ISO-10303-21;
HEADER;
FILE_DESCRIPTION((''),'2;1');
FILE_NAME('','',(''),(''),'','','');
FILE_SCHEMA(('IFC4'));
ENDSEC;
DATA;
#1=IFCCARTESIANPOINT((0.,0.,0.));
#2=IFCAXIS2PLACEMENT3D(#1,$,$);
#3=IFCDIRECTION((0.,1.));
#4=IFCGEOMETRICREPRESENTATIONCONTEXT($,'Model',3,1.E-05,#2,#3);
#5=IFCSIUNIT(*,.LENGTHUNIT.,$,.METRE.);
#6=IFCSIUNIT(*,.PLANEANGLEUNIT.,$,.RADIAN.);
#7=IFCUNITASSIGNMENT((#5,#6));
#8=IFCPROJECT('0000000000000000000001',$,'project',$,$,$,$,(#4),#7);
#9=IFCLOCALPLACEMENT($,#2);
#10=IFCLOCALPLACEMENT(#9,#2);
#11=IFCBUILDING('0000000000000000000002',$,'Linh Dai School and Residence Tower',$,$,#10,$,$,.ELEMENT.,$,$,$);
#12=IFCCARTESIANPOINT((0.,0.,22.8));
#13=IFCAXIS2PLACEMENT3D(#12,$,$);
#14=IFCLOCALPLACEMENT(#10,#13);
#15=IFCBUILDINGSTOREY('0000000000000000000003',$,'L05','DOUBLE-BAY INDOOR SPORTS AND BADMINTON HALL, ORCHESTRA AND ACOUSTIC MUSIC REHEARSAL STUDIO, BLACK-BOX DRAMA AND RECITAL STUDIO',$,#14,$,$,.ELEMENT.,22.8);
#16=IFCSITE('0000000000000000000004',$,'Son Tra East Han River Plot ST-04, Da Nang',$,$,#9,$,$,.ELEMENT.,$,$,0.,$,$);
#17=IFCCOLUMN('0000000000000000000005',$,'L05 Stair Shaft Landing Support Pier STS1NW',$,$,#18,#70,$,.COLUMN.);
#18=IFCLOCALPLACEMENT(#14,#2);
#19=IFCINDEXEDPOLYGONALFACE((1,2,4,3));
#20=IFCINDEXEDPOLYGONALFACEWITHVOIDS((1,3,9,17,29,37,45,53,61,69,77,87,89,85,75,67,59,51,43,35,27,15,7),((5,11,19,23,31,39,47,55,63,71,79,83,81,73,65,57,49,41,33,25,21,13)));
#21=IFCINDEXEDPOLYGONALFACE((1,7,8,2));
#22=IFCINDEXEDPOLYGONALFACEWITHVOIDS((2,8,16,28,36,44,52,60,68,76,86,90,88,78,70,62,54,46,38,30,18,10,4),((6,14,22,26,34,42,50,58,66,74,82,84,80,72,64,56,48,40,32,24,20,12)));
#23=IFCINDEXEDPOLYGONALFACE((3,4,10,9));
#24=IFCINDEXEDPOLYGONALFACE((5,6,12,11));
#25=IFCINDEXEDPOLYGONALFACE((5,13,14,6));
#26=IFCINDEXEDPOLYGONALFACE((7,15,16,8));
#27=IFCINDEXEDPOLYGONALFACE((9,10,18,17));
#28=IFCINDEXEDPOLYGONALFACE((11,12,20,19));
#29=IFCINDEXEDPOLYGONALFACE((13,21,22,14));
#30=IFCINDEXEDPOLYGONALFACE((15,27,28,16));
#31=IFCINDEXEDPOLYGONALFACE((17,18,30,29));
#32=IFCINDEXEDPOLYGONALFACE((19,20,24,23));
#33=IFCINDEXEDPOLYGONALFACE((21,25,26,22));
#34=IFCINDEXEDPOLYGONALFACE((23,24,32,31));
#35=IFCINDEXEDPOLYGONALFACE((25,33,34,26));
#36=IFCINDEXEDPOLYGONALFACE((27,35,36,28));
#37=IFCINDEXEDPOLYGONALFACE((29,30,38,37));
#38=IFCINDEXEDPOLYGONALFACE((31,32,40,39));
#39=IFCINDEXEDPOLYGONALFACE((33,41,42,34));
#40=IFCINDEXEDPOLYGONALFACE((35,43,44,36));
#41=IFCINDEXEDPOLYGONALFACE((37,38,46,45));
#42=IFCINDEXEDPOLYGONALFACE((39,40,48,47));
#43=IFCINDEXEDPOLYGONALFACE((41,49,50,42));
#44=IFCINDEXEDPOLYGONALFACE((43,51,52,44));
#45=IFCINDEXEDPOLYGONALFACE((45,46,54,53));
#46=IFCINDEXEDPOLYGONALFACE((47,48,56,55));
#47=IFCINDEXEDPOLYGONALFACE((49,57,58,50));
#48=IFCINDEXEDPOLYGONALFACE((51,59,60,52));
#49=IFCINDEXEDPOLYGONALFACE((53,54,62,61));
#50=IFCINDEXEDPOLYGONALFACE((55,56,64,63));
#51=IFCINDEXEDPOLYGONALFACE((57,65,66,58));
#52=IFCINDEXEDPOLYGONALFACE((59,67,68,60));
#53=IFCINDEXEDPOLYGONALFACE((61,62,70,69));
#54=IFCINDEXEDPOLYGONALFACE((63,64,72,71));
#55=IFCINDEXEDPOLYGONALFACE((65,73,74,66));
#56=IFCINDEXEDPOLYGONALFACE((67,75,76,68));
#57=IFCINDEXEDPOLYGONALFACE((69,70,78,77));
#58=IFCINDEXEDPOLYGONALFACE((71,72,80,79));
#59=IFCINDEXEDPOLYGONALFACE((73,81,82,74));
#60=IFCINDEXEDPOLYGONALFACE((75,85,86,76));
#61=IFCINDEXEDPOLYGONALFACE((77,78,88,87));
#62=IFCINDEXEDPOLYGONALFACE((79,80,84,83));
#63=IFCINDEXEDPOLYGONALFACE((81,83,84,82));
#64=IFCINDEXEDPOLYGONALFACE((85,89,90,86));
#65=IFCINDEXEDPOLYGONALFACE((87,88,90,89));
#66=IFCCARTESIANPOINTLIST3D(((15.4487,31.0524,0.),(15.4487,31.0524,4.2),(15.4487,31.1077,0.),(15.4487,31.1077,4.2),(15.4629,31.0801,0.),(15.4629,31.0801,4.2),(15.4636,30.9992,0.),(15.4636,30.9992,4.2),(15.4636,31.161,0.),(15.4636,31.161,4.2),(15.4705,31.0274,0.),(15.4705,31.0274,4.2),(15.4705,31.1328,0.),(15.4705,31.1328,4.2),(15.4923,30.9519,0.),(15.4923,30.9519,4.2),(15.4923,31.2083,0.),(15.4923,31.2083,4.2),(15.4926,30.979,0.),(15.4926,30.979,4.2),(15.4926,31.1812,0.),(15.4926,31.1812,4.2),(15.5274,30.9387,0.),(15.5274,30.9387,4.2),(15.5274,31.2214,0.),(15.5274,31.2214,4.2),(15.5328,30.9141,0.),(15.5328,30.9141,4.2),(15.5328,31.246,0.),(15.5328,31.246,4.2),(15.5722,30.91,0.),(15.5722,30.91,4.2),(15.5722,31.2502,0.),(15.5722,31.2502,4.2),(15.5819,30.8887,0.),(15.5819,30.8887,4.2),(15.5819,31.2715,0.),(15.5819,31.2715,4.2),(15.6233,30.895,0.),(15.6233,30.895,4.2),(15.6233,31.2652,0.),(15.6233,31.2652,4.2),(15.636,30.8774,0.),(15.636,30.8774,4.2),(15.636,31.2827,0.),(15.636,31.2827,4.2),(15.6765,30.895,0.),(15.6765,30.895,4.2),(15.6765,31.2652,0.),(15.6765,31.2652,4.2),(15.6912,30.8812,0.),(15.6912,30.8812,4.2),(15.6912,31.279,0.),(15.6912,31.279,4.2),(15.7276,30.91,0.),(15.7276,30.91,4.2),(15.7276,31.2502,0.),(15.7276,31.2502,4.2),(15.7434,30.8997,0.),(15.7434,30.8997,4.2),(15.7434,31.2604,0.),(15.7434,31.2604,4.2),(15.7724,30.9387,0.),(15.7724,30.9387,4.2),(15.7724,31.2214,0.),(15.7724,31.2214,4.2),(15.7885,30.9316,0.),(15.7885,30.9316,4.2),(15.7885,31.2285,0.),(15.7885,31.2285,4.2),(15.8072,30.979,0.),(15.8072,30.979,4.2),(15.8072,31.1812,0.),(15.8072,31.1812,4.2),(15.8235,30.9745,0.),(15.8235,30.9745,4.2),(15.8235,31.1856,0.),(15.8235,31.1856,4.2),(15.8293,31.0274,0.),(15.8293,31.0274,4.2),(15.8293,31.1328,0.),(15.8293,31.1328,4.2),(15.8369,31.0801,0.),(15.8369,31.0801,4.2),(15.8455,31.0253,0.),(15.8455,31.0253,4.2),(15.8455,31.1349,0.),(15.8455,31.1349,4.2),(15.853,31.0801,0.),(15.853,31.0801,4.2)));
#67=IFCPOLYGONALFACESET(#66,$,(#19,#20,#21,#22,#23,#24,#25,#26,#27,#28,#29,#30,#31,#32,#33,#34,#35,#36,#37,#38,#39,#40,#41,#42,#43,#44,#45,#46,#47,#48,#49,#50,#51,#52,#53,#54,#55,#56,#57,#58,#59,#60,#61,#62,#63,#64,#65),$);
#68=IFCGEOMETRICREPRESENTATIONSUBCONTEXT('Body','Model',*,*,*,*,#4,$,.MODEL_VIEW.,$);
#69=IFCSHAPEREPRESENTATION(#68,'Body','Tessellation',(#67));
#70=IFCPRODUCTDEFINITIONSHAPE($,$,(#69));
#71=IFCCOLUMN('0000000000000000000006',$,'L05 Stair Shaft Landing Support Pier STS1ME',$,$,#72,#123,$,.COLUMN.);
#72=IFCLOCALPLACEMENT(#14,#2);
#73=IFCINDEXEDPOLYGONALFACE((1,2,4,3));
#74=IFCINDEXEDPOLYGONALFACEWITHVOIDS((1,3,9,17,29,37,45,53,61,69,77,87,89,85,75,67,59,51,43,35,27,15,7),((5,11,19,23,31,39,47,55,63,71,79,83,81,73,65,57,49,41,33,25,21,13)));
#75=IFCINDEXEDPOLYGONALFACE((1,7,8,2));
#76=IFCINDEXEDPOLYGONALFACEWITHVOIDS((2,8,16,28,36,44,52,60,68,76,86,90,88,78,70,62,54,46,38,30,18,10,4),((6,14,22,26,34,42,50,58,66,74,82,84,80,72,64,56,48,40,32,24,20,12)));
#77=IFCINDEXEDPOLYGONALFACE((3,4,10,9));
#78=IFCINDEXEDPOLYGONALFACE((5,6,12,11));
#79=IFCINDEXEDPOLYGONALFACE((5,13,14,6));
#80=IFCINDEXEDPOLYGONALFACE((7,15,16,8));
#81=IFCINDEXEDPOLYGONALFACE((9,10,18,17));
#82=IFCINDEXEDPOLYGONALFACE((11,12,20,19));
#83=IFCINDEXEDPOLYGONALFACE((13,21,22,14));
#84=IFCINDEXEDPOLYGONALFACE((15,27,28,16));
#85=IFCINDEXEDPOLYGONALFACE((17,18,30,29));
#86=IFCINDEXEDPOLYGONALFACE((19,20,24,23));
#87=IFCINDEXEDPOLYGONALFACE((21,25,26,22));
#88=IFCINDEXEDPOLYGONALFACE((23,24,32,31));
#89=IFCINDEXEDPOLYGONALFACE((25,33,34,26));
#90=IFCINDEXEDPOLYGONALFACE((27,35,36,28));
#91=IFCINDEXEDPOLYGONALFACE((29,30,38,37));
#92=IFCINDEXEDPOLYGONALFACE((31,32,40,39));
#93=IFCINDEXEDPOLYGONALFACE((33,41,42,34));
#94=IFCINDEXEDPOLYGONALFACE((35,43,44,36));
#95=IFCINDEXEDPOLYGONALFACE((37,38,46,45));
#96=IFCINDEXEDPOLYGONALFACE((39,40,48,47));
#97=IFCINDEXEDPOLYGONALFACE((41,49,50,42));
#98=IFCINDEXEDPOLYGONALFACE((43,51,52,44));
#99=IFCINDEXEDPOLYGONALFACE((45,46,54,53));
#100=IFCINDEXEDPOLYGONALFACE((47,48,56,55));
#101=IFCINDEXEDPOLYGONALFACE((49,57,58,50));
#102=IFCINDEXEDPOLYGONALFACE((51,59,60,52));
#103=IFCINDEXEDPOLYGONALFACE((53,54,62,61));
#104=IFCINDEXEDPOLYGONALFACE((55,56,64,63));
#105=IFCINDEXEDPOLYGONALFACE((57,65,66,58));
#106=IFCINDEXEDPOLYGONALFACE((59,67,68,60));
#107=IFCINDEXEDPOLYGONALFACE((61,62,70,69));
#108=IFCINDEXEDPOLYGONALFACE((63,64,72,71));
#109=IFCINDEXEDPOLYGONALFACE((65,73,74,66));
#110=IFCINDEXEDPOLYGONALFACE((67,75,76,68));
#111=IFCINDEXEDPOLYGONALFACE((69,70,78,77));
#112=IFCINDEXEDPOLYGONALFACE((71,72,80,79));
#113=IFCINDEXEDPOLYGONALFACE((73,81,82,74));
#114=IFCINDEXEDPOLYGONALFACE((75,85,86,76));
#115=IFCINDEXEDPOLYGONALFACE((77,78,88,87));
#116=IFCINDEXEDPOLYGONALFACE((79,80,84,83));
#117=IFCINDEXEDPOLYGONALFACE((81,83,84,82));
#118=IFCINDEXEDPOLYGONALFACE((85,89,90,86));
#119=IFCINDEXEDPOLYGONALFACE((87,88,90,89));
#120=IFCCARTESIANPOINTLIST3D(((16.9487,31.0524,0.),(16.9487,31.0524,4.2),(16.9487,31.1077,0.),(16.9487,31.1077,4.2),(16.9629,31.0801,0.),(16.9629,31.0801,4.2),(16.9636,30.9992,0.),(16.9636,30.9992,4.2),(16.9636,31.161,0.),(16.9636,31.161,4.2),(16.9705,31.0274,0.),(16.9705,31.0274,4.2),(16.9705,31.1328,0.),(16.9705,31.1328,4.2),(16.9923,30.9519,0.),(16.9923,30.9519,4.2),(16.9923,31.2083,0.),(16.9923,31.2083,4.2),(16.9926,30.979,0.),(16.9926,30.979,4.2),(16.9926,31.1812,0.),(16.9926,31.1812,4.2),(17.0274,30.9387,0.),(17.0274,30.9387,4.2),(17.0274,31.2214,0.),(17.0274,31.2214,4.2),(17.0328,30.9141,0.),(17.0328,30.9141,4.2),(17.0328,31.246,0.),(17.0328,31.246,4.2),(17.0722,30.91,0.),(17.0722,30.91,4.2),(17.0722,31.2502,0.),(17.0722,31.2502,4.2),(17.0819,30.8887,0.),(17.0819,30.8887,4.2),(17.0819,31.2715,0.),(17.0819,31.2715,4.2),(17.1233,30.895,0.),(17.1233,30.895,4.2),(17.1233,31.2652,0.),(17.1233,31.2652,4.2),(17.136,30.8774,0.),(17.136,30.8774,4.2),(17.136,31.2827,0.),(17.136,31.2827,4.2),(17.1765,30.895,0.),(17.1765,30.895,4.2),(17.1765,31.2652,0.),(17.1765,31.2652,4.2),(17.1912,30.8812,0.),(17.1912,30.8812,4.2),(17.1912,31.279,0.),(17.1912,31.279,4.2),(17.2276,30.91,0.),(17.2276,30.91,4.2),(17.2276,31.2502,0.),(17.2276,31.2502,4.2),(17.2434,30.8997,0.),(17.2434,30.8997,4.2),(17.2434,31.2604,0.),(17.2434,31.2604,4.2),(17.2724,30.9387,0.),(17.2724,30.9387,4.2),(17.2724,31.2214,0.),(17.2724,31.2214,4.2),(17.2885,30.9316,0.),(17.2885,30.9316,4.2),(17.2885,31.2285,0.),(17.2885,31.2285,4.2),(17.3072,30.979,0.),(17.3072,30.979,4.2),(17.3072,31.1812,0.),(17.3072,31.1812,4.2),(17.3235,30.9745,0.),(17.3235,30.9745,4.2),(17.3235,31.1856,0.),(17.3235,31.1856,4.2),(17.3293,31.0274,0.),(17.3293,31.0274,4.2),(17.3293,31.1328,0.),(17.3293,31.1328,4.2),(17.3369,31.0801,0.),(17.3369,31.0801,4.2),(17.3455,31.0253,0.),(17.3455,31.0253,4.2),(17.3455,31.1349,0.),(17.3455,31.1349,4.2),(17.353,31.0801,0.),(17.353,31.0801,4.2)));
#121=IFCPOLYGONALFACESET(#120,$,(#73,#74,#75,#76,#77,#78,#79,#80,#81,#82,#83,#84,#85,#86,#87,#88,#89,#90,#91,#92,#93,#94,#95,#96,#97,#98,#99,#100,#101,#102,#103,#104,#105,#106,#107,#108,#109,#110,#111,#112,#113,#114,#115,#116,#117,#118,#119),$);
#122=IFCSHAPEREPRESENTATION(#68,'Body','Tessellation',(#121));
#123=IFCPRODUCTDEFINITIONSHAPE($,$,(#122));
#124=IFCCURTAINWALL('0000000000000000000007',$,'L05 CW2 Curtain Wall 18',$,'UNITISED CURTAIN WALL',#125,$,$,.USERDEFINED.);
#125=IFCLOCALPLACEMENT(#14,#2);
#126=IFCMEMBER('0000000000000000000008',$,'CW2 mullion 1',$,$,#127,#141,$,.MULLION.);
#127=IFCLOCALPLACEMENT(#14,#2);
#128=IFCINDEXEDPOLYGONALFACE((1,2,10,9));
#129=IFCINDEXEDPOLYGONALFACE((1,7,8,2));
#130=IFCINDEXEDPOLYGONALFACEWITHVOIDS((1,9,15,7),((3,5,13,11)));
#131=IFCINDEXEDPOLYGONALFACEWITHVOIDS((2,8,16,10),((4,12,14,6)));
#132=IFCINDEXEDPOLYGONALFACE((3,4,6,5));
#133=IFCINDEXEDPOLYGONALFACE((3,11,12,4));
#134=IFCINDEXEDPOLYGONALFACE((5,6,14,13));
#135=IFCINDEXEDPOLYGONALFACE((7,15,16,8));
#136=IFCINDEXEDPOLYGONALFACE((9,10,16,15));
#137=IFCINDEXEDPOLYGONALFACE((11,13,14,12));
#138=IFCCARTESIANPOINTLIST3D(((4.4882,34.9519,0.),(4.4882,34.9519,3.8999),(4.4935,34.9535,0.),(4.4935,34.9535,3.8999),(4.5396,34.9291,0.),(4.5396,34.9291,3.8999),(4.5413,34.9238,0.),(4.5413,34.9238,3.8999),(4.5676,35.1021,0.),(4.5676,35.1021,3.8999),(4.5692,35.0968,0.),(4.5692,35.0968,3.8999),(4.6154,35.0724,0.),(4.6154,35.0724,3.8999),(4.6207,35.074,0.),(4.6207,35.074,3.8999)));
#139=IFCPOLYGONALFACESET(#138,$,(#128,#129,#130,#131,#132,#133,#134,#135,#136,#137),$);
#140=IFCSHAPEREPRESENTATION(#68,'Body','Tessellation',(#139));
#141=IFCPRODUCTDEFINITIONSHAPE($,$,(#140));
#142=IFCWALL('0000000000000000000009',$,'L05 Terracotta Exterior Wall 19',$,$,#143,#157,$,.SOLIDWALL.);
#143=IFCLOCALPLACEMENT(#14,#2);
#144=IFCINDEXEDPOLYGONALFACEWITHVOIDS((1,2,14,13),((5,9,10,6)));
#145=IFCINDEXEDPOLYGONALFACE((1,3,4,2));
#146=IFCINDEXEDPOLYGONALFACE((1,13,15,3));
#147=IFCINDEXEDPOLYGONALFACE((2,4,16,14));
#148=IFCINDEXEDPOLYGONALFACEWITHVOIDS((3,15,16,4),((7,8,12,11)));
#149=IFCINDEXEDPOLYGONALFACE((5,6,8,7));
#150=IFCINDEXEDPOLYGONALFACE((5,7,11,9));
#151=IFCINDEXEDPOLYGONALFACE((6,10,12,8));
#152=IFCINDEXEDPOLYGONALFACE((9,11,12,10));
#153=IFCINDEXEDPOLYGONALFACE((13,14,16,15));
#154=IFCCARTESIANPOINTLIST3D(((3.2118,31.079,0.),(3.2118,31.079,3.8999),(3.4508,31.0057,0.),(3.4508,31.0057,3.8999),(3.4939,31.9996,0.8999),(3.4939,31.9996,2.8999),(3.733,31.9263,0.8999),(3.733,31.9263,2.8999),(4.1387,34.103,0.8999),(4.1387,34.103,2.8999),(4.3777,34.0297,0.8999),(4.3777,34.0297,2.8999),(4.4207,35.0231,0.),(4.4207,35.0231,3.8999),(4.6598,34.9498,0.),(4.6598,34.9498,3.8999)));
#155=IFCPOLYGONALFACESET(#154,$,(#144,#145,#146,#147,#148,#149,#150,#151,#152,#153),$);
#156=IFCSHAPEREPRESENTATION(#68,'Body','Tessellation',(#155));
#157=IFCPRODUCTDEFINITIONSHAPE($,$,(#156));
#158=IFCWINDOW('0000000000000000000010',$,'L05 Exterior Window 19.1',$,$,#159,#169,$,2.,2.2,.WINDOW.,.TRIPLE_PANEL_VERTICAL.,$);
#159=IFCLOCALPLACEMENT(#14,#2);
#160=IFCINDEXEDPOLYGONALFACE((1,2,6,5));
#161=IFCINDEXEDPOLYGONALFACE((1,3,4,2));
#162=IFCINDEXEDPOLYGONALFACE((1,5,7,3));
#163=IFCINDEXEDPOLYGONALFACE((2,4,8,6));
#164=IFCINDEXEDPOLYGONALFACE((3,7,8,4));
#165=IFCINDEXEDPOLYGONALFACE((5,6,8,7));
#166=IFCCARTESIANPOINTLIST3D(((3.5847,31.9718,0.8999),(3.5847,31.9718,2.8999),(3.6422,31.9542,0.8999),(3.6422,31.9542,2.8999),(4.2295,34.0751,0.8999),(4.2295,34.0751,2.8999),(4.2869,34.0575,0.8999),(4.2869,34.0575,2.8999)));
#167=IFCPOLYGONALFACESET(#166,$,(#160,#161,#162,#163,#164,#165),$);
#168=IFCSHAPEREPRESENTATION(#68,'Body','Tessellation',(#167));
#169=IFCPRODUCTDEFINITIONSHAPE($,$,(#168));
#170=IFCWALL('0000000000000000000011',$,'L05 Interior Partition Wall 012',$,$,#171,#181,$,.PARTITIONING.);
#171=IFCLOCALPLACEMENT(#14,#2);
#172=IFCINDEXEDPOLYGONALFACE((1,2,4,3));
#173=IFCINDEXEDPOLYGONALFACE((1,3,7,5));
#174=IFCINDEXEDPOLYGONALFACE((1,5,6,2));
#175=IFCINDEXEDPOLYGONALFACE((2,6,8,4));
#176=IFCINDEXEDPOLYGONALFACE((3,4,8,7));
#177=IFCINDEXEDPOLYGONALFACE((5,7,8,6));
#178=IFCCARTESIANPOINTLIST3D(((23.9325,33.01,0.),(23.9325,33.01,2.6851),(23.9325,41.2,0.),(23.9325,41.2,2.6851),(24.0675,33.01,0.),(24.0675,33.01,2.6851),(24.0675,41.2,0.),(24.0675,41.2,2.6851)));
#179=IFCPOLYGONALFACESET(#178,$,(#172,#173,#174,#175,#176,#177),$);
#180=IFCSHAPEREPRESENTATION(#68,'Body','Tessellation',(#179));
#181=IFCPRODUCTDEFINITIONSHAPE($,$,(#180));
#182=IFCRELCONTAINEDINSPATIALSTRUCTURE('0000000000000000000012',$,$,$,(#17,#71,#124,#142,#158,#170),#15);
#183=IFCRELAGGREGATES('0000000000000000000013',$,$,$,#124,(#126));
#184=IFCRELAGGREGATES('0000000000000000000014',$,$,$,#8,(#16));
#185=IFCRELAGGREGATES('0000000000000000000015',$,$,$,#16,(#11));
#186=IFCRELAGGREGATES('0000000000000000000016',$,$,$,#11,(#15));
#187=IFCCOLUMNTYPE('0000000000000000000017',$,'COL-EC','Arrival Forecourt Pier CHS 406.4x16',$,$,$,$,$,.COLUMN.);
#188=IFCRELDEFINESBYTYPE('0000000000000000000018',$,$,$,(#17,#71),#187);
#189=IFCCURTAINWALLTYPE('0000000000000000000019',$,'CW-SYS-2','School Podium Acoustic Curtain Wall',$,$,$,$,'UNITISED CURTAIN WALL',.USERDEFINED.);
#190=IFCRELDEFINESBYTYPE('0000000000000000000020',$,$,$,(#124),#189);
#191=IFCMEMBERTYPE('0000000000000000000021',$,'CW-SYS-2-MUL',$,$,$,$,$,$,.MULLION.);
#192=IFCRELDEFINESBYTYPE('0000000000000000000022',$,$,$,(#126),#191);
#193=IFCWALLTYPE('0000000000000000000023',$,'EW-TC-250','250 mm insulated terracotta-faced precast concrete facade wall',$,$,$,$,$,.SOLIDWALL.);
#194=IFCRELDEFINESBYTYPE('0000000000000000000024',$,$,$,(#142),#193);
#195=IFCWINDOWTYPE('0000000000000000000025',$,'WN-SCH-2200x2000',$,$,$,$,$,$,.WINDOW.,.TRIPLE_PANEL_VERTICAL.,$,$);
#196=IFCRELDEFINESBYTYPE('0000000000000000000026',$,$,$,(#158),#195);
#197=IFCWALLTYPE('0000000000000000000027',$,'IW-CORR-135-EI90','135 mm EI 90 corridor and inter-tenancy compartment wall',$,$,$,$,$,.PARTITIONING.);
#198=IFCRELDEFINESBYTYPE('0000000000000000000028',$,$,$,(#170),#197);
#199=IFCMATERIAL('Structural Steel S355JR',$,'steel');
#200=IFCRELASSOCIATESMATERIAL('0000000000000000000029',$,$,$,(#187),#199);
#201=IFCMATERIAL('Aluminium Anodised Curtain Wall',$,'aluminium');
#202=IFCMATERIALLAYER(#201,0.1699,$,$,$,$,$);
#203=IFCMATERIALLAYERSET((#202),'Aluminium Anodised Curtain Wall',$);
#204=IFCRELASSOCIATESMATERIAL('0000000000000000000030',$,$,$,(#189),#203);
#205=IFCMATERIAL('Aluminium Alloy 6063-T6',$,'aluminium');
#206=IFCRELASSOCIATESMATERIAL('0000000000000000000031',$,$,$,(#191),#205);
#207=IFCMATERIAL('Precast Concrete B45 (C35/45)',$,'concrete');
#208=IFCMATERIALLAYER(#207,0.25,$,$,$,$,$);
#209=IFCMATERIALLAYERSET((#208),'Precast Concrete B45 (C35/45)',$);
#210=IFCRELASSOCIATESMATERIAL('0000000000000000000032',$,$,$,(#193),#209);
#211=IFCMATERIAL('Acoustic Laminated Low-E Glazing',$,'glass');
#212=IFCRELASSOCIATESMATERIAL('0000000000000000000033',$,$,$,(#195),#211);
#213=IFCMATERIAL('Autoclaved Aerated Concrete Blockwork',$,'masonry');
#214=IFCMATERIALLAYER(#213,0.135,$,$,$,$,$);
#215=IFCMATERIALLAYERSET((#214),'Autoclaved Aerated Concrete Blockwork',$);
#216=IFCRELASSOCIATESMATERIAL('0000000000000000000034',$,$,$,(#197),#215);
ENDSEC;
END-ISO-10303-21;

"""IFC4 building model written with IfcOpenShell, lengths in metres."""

from ifc_helpers import new_model, si_unit, direction, frame, frame_2d, origin, origin_2d, place, context, subcontext, project, spatial, rectangle, hollow_rectangle, hollow_circle, extrude, source, transform, mapped, material, layer, layer_set, material_profile, profile_set, type_object, element, fill, aggregate, save


model = new_model("IFC4")

# Units and contexts
model_context = context("Model", 3, precision=1e-05, world=origin(), true_north=direction((0.0, 1.0)))
body_context = subcontext(model_context, "Body", "Model", "MODEL_VIEW")
ifc_project = project(units=[si_unit("LENGTHUNIT", "METRE"), si_unit("PLANEANGLEUNIT", "RADIAN")], contexts=[model_context])

# Site, building, storey
site_placement = place(None, origin())
site = spatial("IfcSite", under=ifc_project, at=site_placement, Name="Son Tra East Han River Plot ST-04, Da Nang", CompositionType="ELEMENT", RefElevation=0.0)
building_placement = place(site_placement, origin())
building = spatial("IfcBuilding", under=site, at=building_placement, Name="Linh Dai School and Residence Tower", CompositionType="ELEMENT")
storey_placement = place(building_placement, frame((0.0, 0.0, 22.8)))
storey = spatial("IfcBuildingStorey", under=building, at=storey_placement, Name="L05", Description="DOUBLE-BAY INDOOR SPORTS AND BADMINTON HALL, ORCHESTRA AND ACOUSTIC MUSIC REHEARSAL STUDIO, BLACK-BOX DRAMA AND RECITAL STUDIO", CompositionType="ELEMENT", Elevation=22.8)

# Columns
ifc_material_1 = material(Name="Structural Steel S355JR", Category="steel")
ifc_material_profile_1 = material_profile(ifc_material_1, hollow_circle(Radius=0.2031, WallThickness=0.0161, at=origin_2d()), Name="CHS 406.4x16")
ifc_profile_set_1 = profile_set([ifc_material_profile_1], Name="Structural Steel S355JR")
column_type = type_object("IfcColumnType", Name="COL-EC", Description="Arrival Forecourt Pier CHS 406.4x16", PredefinedType="COLUMN", material=ifc_profile_set_1)
for number, where, z_axis, x_axis, name in (
    (1, (15.6499, 31.0801, 0.0), (0.0, 0.0, 1.0), (1.0, 0.0, 0.0), "L05 Stair Shaft Landing Support Pier STS1NW"),
    (2, (17.1499, 31.0801, 0.0), (0.0, 0.0, 1.0), (1.0, 0.0, 0.0), "L05 Stair Shaft Landing Support Pier STS1ME"),
):
    element("IfcColumn", number, at=place(storey_placement, frame(where, z_axis=z_axis, x_axis=x_axis)), inside=storey, type_object=column_type, Name=name, PredefinedType="COLUMN", context=body_context, shape_type="SweptSolid", body=[
        extrude(hollow_circle(Radius=0.2031, WallThickness=0.0161, at=origin_2d()), origin(), (0.0, 0.0, 1.0), 4.2),
    ])

# Curtain wall, member
ifc_material_2 = material(Name="Aluminium Anodised Curtain Wall", Category="aluminium")
ifc_layer_1 = layer(ifc_material_2, 0.1699)
ifc_layer_set_1 = layer_set([ifc_layer_1], Name="Aluminium Anodised Curtain Wall")
curtain_wall_type = type_object("IfcCurtainWallType", Name="CW-SYS-2", Description="School Podium Acoustic Curtain Wall", ElementType="UNITISED CURTAIN WALL", PredefinedType="USERDEFINED", material=ifc_layer_set_1)
curtain_wall_placement = place(storey_placement, origin())
curtain_wall = element("IfcCurtainWall", 3, at=curtain_wall_placement, inside=storey, type_object=curtain_wall_type, Name="L05 CW2 Curtain Wall 18", ObjectType="UNITISED CURTAIN WALL", PredefinedType="USERDEFINED")
ifc_material_3 = material(Name="Aluminium Alloy 6063-T6", Category="aluminium")
ifc_material_profile_2 = material_profile(ifc_material_3, hollow_rectangle(XDim=0.0601, YDim=0.1699, WallThickness=0.0039, at=origin_2d()), Name="RHS 170x60x4")
ifc_profile_set_2 = profile_set([ifc_material_profile_2], Name="Aluminium Alloy 6063-T6")
member_type = type_object("IfcMemberType", Name="CW-SYS-2-MUL", PredefinedType="MULLION", material=ifc_profile_set_2)
shared_shape_1 = source(origin(), body_context, "Body", "SweptSolid", [
    extrude(hollow_rectangle(XDim=0.0601, YDim=0.1699, WallThickness=0.0039, at=origin_2d()), origin(), (0.0, 0.0, 1.0), 3.8999),
])
member_placement = place(storey_placement, frame((4.5544, 35.0129, 0.0), z_axis=(0.0, 0.0, 1.0), x_axis=(-0.883964, 0.467555, 0.0)))
member = element("IfcMember", 4, at=member_placement, type_object=member_type, Name="CW2 mullion 1", PredefinedType="MULLION", context=body_context, shape_type="MappedRepresentation", body=[
    mapped(shared_shape_1, transform((0.0, 0.0, 0.0), x_axis=(1.0, 0.0, 0.0), y_axis=(0.0, 1.0, 0.0), z_axis=(0.0, 0.0, 1.0), scale=1.0)),
])
aggregate(curtain_wall, [member])

# Wall, opening, window
ifc_material_4 = material(Name="Precast Concrete B45 (C35/45)", Category="concrete")
ifc_layer_2 = layer(ifc_material_4, 0.25)
ifc_layer_set_2 = layer_set([ifc_layer_2], Name="Precast Concrete B45 (C35/45)")
wall_type_1 = type_object("IfcWallType", Name="EW-TC-250", Description="250 mm insulated terracotta-faced precast concrete facade wall", PredefinedType="SOLIDWALL", material=ifc_layer_set_2)
wall_1_placement = place(storey_placement, frame((3.3313, 31.0425, 0.0), z_axis=(0.0, 0.0, 1.0), x_axis=(0.293071, 0.956091, 0.0)))
wall_1 = element("IfcWall", 5, at=wall_1_placement, inside=storey, type_object=wall_type_1, Name="L05 Terracotta Exterior Wall 19", PredefinedType="SOLIDWALL", context=body_context, shape_type="SweptSolid", body=[
    extrude(rectangle(XDim=4.1252, YDim=0.25, at=frame_2d((2.0625, 0.0))), origin(), (0.0, 0.0, 1.0), 3.8999),
])
opening_placement = place(wall_1_placement, frame((0.9626, 0.0, 0.8999)))
opening = element("IfcOpeningElement", 6, at=opening_placement, cuts=wall_1, PredefinedType="OPENING", context=body_context, shape_type="SweptSolid", body=[
    extrude(rectangle(XDim=2.2, YDim=2.0, at=origin_2d()), frame((1.1001, 0.135, 1.0), z_axis=(0.0, -1.0, 0.0), x_axis=(1.0, 0.0, 0.0)), (0.0, 0.0, 1.0), 0.27),
])
ifc_material_5 = material(Name="Acoustic Laminated Low-E Glazing", Category="glass")
window_type = type_object("IfcWindowType", Name="WN-SCH-2200x2000", PartitioningType="TRIPLE_PANEL_VERTICAL", PredefinedType="WINDOW", material=ifc_material_5)
shared_shape_2 = source(origin(), body_context, "Body", "SweptSolid", [
    extrude(rectangle(XDim=2.2, YDim=2.0, at=origin_2d()), frame((1.1001, 0.03, 1.0), z_axis=(0.0, -1.0, 0.0), x_axis=(1.0, 0.0, 0.0)), (0.0, 0.0, 1.0), 0.0601),
])
window_placement = place(opening_placement, origin())
window = element("IfcWindow", 7, at=window_placement, inside=storey, type_object=window_type, Name="L05 Exterior Window 19.1", OverallHeight=2.0, OverallWidth=2.2, PartitioningType="TRIPLE_PANEL_VERTICAL", PredefinedType="WINDOW", context=body_context, shape_type="MappedRepresentation", body=[
    mapped(shared_shape_2, transform((0.0, 0.0, 0.0), x_axis=(1.0, 0.0, 0.0), y_axis=(0.0, 1.0, 0.0), z_axis=(0.0, 0.0, 1.0), scale=1.0)),
])
fill(opening, window)

# Wall
ifc_material_6 = material(Name="Autoclaved Aerated Concrete Blockwork", Category="masonry")
ifc_layer_3 = layer(ifc_material_6, 0.135)
ifc_layer_set_3 = layer_set([ifc_layer_3], Name="Autoclaved Aerated Concrete Blockwork")
wall_type_2 = type_object("IfcWallType", Name="IW-CORR-135-EI90", Description="135 mm EI 90 corridor and inter-tenancy compartment wall", PredefinedType="PARTITIONING", material=ifc_layer_set_3)
wall_2_placement = place(storey_placement, frame((24.0, 33.01, 0.0), z_axis=(0.0, 0.0, 1.0), x_axis=(0.0, 1.0, 0.0)))
element("IfcWall", 8, at=wall_2_placement, inside=storey, type_object=wall_type_2, Name="L05 Interior Partition Wall 012", PredefinedType="PARTITIONING", context=body_context, shape_type="SweptSolid", body=[
    extrude(rectangle(XDim=8.1899, YDim=0.135, at=frame_2d((4.095, 0.0))), origin(), (0.0, 0.0, 1.0), 2.6851),
])

save(model, "model.ifc")
